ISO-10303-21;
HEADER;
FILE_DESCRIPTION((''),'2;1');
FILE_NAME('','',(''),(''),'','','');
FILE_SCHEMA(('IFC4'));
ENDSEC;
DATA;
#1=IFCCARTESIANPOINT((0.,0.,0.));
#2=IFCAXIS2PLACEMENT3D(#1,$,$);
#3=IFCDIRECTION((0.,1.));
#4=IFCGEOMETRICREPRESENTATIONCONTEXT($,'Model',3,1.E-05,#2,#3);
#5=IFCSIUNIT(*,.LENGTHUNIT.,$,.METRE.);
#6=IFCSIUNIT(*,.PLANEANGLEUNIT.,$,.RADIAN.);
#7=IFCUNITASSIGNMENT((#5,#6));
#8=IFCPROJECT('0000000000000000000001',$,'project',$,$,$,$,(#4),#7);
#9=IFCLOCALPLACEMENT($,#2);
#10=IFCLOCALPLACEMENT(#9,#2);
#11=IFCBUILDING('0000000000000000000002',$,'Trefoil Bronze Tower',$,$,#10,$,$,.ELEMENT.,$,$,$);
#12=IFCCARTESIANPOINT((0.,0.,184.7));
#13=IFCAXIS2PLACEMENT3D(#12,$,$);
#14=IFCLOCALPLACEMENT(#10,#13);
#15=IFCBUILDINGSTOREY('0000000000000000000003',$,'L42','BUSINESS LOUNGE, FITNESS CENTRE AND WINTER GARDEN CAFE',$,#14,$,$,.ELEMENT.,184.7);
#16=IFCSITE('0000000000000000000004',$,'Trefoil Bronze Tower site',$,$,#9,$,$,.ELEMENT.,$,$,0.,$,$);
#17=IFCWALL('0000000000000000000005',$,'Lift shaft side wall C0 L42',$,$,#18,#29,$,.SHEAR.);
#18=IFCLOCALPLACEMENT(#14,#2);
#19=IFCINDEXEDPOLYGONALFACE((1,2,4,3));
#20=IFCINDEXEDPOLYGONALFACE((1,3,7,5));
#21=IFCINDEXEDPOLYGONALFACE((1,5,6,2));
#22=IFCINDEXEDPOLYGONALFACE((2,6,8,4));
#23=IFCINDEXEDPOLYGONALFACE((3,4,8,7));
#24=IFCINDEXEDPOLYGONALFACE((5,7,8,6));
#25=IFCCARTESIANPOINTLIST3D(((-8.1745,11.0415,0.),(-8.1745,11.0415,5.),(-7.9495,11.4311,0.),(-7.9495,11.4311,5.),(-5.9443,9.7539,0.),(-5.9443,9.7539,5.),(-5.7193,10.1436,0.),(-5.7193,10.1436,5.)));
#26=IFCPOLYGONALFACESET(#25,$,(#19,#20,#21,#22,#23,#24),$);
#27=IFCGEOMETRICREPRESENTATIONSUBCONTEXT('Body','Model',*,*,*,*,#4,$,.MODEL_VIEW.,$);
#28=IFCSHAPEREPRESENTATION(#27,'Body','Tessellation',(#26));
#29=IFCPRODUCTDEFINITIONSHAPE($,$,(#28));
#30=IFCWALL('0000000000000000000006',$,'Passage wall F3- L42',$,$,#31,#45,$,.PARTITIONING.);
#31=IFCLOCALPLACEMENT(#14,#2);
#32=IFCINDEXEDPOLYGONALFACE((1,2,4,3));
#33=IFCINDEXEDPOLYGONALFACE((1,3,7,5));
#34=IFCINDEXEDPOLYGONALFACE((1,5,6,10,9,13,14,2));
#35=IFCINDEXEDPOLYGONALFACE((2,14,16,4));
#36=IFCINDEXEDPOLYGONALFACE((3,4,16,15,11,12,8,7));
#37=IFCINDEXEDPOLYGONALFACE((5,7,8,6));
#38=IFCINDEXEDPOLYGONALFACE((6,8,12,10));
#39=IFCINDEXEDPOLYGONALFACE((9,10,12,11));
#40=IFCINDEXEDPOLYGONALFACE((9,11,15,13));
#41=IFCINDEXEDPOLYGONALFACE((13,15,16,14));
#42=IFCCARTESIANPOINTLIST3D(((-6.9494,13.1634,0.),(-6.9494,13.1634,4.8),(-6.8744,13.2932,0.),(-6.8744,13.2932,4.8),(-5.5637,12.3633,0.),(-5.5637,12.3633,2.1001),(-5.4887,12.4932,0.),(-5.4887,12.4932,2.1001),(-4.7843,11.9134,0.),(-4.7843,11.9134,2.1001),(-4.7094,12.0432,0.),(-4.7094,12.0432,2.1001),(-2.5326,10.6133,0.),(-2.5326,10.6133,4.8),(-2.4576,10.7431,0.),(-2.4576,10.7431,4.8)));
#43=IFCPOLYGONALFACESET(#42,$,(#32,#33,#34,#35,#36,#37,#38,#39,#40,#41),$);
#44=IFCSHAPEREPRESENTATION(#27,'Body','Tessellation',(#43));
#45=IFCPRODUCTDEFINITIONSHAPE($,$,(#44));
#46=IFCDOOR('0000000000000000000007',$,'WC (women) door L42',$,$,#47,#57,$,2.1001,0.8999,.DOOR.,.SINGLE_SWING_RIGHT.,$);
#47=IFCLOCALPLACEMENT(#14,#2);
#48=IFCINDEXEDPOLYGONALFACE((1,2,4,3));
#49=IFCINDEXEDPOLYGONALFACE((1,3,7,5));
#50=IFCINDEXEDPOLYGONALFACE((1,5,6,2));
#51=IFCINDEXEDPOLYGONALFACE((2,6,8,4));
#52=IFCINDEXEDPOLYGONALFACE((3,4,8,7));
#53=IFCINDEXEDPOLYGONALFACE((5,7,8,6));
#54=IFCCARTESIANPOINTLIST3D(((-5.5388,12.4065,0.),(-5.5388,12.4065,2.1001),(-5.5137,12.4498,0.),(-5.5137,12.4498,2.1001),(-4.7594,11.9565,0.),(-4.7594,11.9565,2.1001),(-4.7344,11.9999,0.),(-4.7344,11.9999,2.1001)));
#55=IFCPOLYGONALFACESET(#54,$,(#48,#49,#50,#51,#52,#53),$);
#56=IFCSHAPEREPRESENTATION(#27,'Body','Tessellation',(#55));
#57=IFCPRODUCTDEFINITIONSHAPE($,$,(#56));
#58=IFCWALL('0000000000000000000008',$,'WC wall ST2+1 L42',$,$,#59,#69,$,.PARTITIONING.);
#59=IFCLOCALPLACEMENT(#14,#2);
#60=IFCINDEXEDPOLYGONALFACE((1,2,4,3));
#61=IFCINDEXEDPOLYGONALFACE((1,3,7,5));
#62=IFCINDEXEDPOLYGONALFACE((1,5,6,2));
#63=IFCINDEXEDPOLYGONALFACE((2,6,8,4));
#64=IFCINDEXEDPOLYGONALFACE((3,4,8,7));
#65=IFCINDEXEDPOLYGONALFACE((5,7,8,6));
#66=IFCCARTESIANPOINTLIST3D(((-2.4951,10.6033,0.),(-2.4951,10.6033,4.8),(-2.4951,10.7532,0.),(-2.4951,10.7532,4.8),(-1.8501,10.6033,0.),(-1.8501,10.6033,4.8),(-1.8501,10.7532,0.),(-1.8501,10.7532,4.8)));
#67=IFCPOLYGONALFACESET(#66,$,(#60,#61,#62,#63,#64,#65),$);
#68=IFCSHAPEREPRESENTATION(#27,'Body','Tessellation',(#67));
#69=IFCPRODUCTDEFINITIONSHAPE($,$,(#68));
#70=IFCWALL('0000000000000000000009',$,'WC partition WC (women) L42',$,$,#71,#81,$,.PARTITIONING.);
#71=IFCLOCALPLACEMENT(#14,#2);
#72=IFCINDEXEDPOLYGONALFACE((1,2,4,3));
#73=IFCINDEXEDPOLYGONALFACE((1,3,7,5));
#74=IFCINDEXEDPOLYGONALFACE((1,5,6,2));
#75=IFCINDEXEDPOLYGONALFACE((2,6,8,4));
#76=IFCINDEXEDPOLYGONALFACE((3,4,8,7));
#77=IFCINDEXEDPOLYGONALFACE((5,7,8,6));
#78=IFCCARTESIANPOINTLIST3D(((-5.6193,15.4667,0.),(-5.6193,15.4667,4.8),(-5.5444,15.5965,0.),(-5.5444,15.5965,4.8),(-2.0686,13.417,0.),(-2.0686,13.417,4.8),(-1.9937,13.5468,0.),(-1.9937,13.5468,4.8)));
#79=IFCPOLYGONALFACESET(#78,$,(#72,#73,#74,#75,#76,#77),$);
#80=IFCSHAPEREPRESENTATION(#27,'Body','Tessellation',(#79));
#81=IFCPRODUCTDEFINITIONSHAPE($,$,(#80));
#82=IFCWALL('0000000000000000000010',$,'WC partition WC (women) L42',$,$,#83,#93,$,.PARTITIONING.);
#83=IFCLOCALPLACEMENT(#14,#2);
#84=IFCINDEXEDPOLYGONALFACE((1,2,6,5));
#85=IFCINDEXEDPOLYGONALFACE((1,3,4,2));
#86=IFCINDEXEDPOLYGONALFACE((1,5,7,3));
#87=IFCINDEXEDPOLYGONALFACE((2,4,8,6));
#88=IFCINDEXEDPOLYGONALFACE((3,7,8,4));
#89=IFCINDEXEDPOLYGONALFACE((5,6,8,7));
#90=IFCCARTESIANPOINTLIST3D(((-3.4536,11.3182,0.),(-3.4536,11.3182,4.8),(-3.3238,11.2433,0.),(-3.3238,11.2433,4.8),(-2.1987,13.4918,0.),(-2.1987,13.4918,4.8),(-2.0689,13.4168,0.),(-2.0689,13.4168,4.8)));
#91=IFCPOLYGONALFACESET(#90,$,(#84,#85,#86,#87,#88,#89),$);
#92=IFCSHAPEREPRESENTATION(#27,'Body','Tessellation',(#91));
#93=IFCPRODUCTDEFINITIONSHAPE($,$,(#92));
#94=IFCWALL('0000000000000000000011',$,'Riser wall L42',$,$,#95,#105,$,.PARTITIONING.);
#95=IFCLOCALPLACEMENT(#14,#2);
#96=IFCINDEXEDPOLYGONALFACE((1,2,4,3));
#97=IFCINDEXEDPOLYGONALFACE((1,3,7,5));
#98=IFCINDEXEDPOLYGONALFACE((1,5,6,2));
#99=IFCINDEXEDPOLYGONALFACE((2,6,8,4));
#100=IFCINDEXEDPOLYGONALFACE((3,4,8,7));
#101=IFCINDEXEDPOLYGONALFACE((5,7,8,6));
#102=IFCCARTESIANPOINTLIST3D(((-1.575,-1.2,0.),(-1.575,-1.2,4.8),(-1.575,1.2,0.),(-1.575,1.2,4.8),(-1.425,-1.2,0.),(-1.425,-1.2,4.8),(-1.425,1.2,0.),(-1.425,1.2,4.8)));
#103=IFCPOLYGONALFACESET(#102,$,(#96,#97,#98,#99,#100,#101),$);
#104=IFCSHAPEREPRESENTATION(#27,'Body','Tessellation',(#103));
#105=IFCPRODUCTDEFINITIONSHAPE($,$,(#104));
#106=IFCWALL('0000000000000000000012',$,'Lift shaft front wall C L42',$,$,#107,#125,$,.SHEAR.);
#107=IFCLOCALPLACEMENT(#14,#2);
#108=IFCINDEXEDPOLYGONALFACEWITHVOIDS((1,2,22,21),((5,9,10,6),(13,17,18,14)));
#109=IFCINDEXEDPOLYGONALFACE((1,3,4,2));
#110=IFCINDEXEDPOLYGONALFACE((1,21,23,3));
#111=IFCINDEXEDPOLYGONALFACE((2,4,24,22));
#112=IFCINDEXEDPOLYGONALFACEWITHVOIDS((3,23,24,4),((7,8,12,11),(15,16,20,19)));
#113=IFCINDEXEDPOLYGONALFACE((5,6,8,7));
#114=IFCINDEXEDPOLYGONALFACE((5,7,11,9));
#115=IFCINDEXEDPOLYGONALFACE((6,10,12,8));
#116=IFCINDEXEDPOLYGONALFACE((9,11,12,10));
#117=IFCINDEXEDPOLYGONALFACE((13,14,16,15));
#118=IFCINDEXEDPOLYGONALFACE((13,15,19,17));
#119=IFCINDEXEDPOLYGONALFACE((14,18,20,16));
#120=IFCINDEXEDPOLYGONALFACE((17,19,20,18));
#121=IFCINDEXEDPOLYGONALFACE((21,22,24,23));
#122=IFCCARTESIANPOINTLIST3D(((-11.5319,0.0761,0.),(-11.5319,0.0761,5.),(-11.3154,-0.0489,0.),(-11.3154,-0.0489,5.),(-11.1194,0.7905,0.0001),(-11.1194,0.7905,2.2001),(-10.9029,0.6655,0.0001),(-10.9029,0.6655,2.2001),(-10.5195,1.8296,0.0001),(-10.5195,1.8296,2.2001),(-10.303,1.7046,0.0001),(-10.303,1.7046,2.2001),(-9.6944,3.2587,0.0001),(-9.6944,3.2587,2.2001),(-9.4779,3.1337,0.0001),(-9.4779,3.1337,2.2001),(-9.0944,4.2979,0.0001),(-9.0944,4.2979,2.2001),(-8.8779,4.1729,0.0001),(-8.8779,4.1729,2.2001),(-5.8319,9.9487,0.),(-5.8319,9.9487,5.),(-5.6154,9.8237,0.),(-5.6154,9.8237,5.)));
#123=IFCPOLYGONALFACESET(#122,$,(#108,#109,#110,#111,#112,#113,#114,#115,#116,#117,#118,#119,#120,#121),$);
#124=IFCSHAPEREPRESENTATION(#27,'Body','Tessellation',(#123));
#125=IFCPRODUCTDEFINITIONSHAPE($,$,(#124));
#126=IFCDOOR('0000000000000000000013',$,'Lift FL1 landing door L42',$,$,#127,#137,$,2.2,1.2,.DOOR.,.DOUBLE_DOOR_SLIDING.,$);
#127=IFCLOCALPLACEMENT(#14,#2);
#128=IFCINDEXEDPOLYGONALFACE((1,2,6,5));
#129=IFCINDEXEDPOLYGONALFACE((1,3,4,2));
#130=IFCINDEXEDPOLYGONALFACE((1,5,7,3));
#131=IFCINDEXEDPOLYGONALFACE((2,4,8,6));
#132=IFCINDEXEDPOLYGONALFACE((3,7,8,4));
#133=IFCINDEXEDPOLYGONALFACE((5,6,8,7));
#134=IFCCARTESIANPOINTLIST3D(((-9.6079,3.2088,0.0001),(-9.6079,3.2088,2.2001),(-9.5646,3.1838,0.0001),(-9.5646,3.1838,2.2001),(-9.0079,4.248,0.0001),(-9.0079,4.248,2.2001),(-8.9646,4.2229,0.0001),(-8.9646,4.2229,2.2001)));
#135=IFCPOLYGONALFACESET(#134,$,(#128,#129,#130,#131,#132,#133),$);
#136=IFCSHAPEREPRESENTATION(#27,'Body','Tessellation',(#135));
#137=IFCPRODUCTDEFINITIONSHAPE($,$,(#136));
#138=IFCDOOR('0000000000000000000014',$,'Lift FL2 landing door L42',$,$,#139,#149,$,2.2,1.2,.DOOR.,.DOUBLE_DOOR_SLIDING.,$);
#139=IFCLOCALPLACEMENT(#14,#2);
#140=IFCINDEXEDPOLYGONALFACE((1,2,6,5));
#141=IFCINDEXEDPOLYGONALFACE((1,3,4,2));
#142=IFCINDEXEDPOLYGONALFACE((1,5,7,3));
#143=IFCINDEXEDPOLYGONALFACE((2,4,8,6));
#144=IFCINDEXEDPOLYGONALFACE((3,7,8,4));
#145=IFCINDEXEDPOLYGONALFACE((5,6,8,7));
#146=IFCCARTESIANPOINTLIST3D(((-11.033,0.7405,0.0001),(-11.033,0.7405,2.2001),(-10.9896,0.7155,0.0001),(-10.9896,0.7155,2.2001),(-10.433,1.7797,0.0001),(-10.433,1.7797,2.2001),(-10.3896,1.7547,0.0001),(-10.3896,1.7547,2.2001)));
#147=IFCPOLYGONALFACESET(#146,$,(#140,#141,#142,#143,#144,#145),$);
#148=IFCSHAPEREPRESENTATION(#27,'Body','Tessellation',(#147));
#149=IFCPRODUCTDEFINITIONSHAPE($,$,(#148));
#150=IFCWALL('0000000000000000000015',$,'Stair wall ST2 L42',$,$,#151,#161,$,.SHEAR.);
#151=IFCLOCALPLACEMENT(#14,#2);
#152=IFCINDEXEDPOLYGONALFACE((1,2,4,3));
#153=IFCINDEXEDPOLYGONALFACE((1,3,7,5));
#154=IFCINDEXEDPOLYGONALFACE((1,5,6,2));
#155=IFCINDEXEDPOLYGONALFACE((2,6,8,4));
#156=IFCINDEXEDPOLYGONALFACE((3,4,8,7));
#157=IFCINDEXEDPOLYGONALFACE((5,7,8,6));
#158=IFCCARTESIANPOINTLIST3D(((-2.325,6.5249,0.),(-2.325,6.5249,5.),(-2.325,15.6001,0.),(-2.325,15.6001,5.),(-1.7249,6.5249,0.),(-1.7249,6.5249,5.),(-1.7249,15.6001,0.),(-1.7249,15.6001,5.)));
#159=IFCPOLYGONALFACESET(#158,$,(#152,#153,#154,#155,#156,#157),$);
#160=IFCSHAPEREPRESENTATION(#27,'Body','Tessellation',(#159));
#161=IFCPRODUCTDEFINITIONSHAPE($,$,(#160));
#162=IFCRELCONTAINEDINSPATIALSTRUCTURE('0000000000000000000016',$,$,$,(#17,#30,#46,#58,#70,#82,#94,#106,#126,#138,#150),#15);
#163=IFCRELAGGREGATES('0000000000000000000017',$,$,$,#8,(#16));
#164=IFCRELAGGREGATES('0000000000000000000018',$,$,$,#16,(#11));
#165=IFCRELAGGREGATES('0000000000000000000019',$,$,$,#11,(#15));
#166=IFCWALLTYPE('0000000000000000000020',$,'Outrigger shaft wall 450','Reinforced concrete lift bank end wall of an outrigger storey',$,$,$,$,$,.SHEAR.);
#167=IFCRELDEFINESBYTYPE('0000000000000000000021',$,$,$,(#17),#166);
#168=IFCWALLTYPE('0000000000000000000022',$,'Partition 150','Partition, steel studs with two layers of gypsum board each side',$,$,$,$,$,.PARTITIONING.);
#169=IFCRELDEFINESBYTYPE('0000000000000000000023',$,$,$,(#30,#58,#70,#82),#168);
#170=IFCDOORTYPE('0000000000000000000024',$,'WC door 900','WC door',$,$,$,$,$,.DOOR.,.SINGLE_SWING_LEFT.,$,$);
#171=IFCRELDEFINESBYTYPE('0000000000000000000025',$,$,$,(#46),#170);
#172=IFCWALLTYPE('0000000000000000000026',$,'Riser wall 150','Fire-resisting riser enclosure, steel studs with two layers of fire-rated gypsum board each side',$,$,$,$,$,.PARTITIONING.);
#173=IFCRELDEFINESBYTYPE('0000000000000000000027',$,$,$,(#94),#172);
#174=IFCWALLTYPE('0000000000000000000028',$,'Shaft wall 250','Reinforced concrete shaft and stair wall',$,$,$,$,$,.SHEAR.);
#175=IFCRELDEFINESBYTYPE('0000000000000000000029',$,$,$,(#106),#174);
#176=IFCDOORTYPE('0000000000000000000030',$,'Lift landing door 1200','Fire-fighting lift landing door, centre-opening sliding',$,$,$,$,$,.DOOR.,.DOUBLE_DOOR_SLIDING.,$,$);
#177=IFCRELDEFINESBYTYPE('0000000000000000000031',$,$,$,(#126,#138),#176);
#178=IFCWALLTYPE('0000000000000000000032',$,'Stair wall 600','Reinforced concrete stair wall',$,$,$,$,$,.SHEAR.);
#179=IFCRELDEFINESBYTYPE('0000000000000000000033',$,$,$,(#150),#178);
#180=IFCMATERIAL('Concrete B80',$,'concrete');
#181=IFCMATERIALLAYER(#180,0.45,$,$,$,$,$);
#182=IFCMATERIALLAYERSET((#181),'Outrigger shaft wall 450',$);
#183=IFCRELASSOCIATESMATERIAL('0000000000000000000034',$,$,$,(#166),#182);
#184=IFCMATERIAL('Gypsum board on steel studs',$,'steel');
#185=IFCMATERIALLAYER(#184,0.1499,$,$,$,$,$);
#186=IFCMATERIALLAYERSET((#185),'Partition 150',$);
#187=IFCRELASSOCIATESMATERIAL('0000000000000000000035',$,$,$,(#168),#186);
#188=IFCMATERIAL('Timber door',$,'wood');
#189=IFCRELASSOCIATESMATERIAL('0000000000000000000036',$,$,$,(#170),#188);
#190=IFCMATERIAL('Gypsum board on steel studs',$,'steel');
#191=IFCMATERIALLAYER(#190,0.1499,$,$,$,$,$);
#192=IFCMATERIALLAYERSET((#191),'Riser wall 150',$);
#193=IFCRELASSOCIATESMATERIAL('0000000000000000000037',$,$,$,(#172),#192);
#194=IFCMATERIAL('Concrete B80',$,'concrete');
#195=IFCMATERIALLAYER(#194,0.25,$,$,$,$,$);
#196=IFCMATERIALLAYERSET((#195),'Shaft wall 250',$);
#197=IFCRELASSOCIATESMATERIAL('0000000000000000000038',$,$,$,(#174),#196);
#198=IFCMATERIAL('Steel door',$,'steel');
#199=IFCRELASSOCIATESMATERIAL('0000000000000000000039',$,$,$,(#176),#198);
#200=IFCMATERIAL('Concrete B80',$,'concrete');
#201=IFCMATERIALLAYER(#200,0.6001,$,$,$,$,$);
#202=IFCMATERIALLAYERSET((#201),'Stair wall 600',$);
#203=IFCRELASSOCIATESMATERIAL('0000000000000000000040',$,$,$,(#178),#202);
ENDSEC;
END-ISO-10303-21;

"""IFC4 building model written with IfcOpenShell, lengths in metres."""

from ifc_helpers import new_model, si_unit, direction, frame, frame_2d, origin, place, context, subcontext, project, spatial, rectangle, extrude, material, layer, layer_set, type_object, element, fill, save


model = new_model("IFC4")

# Units and contexts
model_context = context("Model", 3, precision=1e-05, world=origin(), true_north=direction((0.0, 1.0)))
body_context = subcontext(model_context, "Body", "Model", "MODEL_VIEW")
ifc_project = project(units=[si_unit("LENGTHUNIT", "METRE"), si_unit("PLANEANGLEUNIT", "RADIAN")], contexts=[model_context])

# Site, building, storey
site_placement = place(None, origin())
site = spatial("IfcSite", under=ifc_project, at=site_placement, Name="Trefoil Bronze Tower site", CompositionType="ELEMENT", RefElevation=0.0)
building_placement = place(site_placement, origin())
building = spatial("IfcBuilding", under=site, at=building_placement, Name="Trefoil Bronze Tower", CompositionType="ELEMENT")
storey_placement = place(building_placement, frame((0.0, 0.0, 184.7)))
storey = spatial("IfcBuildingStorey", under=building, at=storey_placement, Name="L42", Description="BUSINESS LOUNGE, FITNESS CENTRE AND WINTER GARDEN CAFE", CompositionType="ELEMENT", Elevation=184.7)

# Wall
ifc_material_1 = material(Name="Concrete B80", Category="concrete")
ifc_layer_1 = layer(ifc_material_1, 0.45)
ifc_layer_set_1 = layer_set([ifc_layer_1], Name="Outrigger shaft wall 450")
wall_type_1 = type_object("IfcWallType", Name="Outrigger shaft wall 450", Description="Reinforced concrete lift bank end wall of an outrigger storey", PredefinedType="SHEAR", material=ifc_layer_set_1)
wall_1_placement = place(storey_placement, frame((-5.8318, 9.9487, 0.0), z_axis=(0.0, 0.0, 1.0), x_axis=(-0.866029, 0.499993, 0.0)))
element("IfcWall", 1, at=wall_1_placement, inside=storey, type_object=wall_type_1, Name="Lift shaft side wall C0 L42", PredefinedType="SHEAR", context=body_context, shape_type="SweptSolid", body=[
    extrude(rectangle(XDim=2.5752, YDim=0.45, at=frame_2d((1.2876, 0.0))), origin(), (0.0, 0.0, 1.0), 5.0),
])

# Wall, opening, door
ifc_material_2 = material(Name="Gypsum board on steel studs", Category="steel")
ifc_layer_2 = layer(ifc_material_2, 0.1499)
ifc_layer_set_2 = layer_set([ifc_layer_2], Name="Partition 150")
wall_type_2 = type_object("IfcWallType", Name="Partition 150", Description="Partition, steel studs with two layers of gypsum board each side", PredefinedType="PARTITIONING", material=ifc_layer_set_2)
wall_2_placement = place(storey_placement, frame((-2.4951, 10.6782, 0.0), z_axis=(0.0, 0.0, 1.0), x_axis=(-0.866022, 0.500006, 0.0)))
wall_2 = element("IfcWall", 2, at=wall_2_placement, inside=storey, type_object=wall_type_2, Name="Passage wall F3- L42", PredefinedType="PARTITIONING", context=body_context, shape_type="SweptSolid", body=[
    extrude(rectangle(XDim=5.1001, YDim=0.1499, at=frame_2d((2.55, 0.0))), origin(), (0.0, 0.0, 1.0), 4.8),
])
opening_1_placement = place(wall_2_placement, frame((2.6001, 0.0, 0.0)))
opening_1 = element("IfcOpeningElement", 3, at=opening_1_placement, cuts=wall_2, PredefinedType="OPENING", context=body_context, shape_type="SweptSolid", body=[
    extrude(rectangle(XDim=0.8999, YDim=2.1001, at=frame_2d((0.45, 1.05))), frame((0.0, 0.085, 0.0), z_axis=(0.0, -1.0, 0.0), x_axis=(1.0, 0.0, 0.0)), (0.0, 0.0, 1.0), 0.1699),
])
ifc_material_3 = material(Name="Timber door", Category="wood")
door_type_1 = type_object("IfcDoorType", Name="WC door 900", Description="WC door", OperationType="SINGLE_SWING_LEFT", PredefinedType="DOOR", material=ifc_material_3)
door_1_placement = place(opening_1_placement, frame((0.8999, 0.0, 0.0), z_axis=(0.0, 0.0, 1.0), x_axis=(-1.0, 0.0, 0.0)))
door_1 = element("IfcDoor", 4, at=door_1_placement, inside=storey, type_object=door_type_1, Name="WC (women) door L42", OperationType="SINGLE_SWING_RIGHT", OverallHeight=2.1001, OverallWidth=0.8999, PredefinedType="DOOR", context=body_context, shape_type="SweptSolid", body=[
    extrude(rectangle(XDim=0.8999, YDim=2.1001, at=frame_2d((0.45, 1.05))), frame((0.0, 0.0249, 0.0), z_axis=(0.0, -1.0, 0.0), x_axis=(1.0, 0.0, 0.0)), (0.0, 0.0, 1.0), 0.05),
])
fill(opening_1, door_1)

# Walls
wall_3_placement = place(storey_placement, frame((-2.4951, 10.6782, 0.0), z_axis=(0.0, 0.0, 1.0), x_axis=(1.0, 0.0, 0.0)))
element("IfcWall", 5, at=wall_3_placement, inside=storey, type_object=wall_type_2, Name="WC wall ST2+1 L42", PredefinedType="PARTITIONING", context=body_context, shape_type="SweptSolid", body=[
    extrude(rectangle(XDim=0.645, YDim=0.1499, at=frame_2d((0.3225, 0.0))), origin(), (0.0, 0.0, 1.0), 4.8),
])
wall_4_placement = place(storey_placement, frame((-2.0312, 13.4819, 0.0), z_axis=(0.0, 0.0, 1.0), x_axis=(-0.866051, 0.499956, 0.0)))
element("IfcWall", 6, at=wall_4_placement, inside=storey, type_object=wall_type_2, Name="WC partition WC (women) L42", PredefinedType="PARTITIONING", context=body_context, shape_type="SweptSolid", body=[
    extrude(rectangle(XDim=4.0999, YDim=0.1499, at=frame_2d((2.0498, 0.0))), origin(), (0.0, 0.0, 1.0), 4.8),
])
wall_5_placement = place(storey_placement, frame((-3.3887, 11.2808, 0.0), z_axis=(0.0, 0.0, 1.0), x_axis=(0.499989, 0.866032, 0.0)))
element("IfcWall", 7, at=wall_5_placement, inside=storey, type_object=wall_type_2, Name="WC partition WC (women) L42", PredefinedType="PARTITIONING", context=body_context, shape_type="SweptSolid", body=[
    extrude(rectangle(XDim=2.5098, YDim=0.1499, at=frame_2d((1.2549, 0.0))), origin(), (0.0, 0.0, 1.0), 4.8),
])
ifc_material_4 = material(Name="Gypsum board on steel studs", Category="steel")
ifc_layer_3 = layer(ifc_material_4, 0.1499)
ifc_layer_set_3 = layer_set([ifc_layer_3], Name="Riser wall 150")
wall_type_3 = type_object("IfcWallType", Name="Riser wall 150", Description="Fire-resisting riser enclosure, steel studs with two layers of fire-rated gypsum board each side", PredefinedType="PARTITIONING", material=ifc_layer_set_3)
wall_6_placement = place(storey_placement, frame((-1.5, 1.2, 0.0), z_axis=(0.0, 0.0, 1.0), x_axis=(0.0, -1.0, 0.0)))
element("IfcWall", 8, at=wall_6_placement, inside=storey, type_object=wall_type_3, Name="Riser wall L42", PredefinedType="PARTITIONING", context=body_context, shape_type="SweptSolid", body=[
    extrude(rectangle(XDim=2.3999, YDim=0.1499, at=frame_2d((1.2, 0.0))), origin(), (0.0, 0.0, 1.0), 4.8),
])

# Wall, openings, doors
ifc_material_5 = material(Name="Concrete B80", Category="concrete")
ifc_layer_4 = layer(ifc_material_5, 0.25)
ifc_layer_set_4 = layer_set([ifc_layer_4], Name="Shaft wall 250")
wall_type_4 = type_object("IfcWallType", Name="Shaft wall 250", Description="Reinforced concrete shaft and stair wall", PredefinedType="SHEAR", material=ifc_layer_set_4)
wall_7_placement = place(storey_placement, frame((-5.7236, 9.8862, 0.0), z_axis=(0.0, 0.0, 1.0), x_axis=(-0.500002, -0.866024, 0.0)))
wall_7 = element("IfcWall", 9, at=wall_7_placement, inside=storey, type_object=wall_type_4, Name="Lift shaft front wall C L42", PredefinedType="SHEAR", context=body_context, shape_type="SweptSolid", body=[
    extrude(rectangle(XDim=11.3999, YDim=0.25, at=frame_2d((5.7, 0.0))), origin(), (0.0, 0.0, 1.0), 5.0),
])
opening_2_placement = place(wall_7_placement, frame((6.5249, 0.0, 0.0)))
opening_2 = element("IfcOpeningElement", 10, at=opening_2_placement, cuts=wall_7, PredefinedType="OPENING", context=body_context, shape_type="SweptSolid", body=[
    extrude(rectangle(XDim=1.2, YDim=2.2, at=frame_2d((0.6001, 1.1001))), frame((0.0, 0.135, 0.0), z_axis=(0.0, -1.0, 0.0), x_axis=(1.0, 0.0, 0.0)), (0.0, 0.0, 1.0), 0.27),
])
opening_3_placement = place(wall_7_placement, frame((9.375, 0.0, 0.0)))
opening_3 = element("IfcOpeningElement", 11, at=opening_3_placement, cuts=wall_7, PredefinedType="OPENING", context=body_context, shape_type="SweptSolid", body=[
    extrude(rectangle(XDim=1.2, YDim=2.2, at=frame_2d((0.6001, 1.1001))), frame((0.0, 0.135, 0.0), z_axis=(0.0, -1.0, 0.0), x_axis=(1.0, 0.0, 0.0)), (0.0, 0.0, 1.0), 0.27),
])
ifc_material_6 = material(Name="Steel door", Category="steel")
door_type_2 = type_object("IfcDoorType", Name="Lift landing door 1200", Description="Fire-fighting lift landing door, centre-opening sliding", OperationType="DOUBLE_DOOR_SLIDING", PredefinedType="DOOR", material=ifc_material_6)
door_2_placement = place(opening_2_placement, origin())
door_2 = element("IfcDoor", 12, at=door_2_placement, inside=storey, type_object=door_type_2, Name="Lift FL1 landing door L42", OperationType="DOUBLE_DOOR_SLIDING", OverallHeight=2.2, OverallWidth=1.2, PredefinedType="DOOR", context=body_context, shape_type="SweptSolid", body=[
    extrude(rectangle(XDim=1.2, YDim=2.2, at=frame_2d((0.6001, 1.1001))), frame((0.0, 0.0249, 0.0), z_axis=(0.0, -1.0, 0.0), x_axis=(1.0, 0.0, 0.0)), (0.0, 0.0, 1.0), 0.05),
])
fill(opening_2, door_2)
door_3_placement = place(opening_3_placement, origin())
door_3 = element("IfcDoor", 13, at=door_3_placement, inside=storey, type_object=door_type_2, Name="Lift FL2 landing door L42", OperationType="DOUBLE_DOOR_SLIDING", OverallHeight=2.2, OverallWidth=1.2, PredefinedType="DOOR", context=body_context, shape_type="SweptSolid", body=[
    extrude(rectangle(XDim=1.2, YDim=2.2, at=frame_2d((0.6001, 1.1001))), frame((0.0, 0.0249, 0.0), z_axis=(0.0, -1.0, 0.0), x_axis=(1.0, 0.0, 0.0)), (0.0, 0.0, 1.0), 0.05),
])
fill(opening_3, door_3)

# Wall
ifc_material_7 = material(Name="Concrete B80", Category="concrete")
ifc_layer_5 = layer(ifc_material_7, 0.6001)
ifc_layer_set_5 = layer_set([ifc_layer_5], Name="Stair wall 600")
wall_type_5 = type_object("IfcWallType", Name="Stair wall 600", Description="Reinforced concrete stair wall", PredefinedType="SHEAR", material=ifc_layer_set_5)
wall_8_placement = place(storey_placement, frame((-2.0249, 6.5249, 0.0), z_axis=(0.0, 0.0, 1.0), x_axis=(0.0, 1.0, 0.0)))
element("IfcWall", 14, at=wall_8_placement, inside=storey, type_object=wall_type_5, Name="Stair wall ST2 L42", PredefinedType="SHEAR", context=body_context, shape_type="SweptSolid", body=[
    extrude(rectangle(XDim=9.0752, YDim=0.6001, at=frame_2d((4.5376, 0.0))), origin(), (0.0, 0.0, 1.0), 5.0),
])

save(model, "model.ifc")
